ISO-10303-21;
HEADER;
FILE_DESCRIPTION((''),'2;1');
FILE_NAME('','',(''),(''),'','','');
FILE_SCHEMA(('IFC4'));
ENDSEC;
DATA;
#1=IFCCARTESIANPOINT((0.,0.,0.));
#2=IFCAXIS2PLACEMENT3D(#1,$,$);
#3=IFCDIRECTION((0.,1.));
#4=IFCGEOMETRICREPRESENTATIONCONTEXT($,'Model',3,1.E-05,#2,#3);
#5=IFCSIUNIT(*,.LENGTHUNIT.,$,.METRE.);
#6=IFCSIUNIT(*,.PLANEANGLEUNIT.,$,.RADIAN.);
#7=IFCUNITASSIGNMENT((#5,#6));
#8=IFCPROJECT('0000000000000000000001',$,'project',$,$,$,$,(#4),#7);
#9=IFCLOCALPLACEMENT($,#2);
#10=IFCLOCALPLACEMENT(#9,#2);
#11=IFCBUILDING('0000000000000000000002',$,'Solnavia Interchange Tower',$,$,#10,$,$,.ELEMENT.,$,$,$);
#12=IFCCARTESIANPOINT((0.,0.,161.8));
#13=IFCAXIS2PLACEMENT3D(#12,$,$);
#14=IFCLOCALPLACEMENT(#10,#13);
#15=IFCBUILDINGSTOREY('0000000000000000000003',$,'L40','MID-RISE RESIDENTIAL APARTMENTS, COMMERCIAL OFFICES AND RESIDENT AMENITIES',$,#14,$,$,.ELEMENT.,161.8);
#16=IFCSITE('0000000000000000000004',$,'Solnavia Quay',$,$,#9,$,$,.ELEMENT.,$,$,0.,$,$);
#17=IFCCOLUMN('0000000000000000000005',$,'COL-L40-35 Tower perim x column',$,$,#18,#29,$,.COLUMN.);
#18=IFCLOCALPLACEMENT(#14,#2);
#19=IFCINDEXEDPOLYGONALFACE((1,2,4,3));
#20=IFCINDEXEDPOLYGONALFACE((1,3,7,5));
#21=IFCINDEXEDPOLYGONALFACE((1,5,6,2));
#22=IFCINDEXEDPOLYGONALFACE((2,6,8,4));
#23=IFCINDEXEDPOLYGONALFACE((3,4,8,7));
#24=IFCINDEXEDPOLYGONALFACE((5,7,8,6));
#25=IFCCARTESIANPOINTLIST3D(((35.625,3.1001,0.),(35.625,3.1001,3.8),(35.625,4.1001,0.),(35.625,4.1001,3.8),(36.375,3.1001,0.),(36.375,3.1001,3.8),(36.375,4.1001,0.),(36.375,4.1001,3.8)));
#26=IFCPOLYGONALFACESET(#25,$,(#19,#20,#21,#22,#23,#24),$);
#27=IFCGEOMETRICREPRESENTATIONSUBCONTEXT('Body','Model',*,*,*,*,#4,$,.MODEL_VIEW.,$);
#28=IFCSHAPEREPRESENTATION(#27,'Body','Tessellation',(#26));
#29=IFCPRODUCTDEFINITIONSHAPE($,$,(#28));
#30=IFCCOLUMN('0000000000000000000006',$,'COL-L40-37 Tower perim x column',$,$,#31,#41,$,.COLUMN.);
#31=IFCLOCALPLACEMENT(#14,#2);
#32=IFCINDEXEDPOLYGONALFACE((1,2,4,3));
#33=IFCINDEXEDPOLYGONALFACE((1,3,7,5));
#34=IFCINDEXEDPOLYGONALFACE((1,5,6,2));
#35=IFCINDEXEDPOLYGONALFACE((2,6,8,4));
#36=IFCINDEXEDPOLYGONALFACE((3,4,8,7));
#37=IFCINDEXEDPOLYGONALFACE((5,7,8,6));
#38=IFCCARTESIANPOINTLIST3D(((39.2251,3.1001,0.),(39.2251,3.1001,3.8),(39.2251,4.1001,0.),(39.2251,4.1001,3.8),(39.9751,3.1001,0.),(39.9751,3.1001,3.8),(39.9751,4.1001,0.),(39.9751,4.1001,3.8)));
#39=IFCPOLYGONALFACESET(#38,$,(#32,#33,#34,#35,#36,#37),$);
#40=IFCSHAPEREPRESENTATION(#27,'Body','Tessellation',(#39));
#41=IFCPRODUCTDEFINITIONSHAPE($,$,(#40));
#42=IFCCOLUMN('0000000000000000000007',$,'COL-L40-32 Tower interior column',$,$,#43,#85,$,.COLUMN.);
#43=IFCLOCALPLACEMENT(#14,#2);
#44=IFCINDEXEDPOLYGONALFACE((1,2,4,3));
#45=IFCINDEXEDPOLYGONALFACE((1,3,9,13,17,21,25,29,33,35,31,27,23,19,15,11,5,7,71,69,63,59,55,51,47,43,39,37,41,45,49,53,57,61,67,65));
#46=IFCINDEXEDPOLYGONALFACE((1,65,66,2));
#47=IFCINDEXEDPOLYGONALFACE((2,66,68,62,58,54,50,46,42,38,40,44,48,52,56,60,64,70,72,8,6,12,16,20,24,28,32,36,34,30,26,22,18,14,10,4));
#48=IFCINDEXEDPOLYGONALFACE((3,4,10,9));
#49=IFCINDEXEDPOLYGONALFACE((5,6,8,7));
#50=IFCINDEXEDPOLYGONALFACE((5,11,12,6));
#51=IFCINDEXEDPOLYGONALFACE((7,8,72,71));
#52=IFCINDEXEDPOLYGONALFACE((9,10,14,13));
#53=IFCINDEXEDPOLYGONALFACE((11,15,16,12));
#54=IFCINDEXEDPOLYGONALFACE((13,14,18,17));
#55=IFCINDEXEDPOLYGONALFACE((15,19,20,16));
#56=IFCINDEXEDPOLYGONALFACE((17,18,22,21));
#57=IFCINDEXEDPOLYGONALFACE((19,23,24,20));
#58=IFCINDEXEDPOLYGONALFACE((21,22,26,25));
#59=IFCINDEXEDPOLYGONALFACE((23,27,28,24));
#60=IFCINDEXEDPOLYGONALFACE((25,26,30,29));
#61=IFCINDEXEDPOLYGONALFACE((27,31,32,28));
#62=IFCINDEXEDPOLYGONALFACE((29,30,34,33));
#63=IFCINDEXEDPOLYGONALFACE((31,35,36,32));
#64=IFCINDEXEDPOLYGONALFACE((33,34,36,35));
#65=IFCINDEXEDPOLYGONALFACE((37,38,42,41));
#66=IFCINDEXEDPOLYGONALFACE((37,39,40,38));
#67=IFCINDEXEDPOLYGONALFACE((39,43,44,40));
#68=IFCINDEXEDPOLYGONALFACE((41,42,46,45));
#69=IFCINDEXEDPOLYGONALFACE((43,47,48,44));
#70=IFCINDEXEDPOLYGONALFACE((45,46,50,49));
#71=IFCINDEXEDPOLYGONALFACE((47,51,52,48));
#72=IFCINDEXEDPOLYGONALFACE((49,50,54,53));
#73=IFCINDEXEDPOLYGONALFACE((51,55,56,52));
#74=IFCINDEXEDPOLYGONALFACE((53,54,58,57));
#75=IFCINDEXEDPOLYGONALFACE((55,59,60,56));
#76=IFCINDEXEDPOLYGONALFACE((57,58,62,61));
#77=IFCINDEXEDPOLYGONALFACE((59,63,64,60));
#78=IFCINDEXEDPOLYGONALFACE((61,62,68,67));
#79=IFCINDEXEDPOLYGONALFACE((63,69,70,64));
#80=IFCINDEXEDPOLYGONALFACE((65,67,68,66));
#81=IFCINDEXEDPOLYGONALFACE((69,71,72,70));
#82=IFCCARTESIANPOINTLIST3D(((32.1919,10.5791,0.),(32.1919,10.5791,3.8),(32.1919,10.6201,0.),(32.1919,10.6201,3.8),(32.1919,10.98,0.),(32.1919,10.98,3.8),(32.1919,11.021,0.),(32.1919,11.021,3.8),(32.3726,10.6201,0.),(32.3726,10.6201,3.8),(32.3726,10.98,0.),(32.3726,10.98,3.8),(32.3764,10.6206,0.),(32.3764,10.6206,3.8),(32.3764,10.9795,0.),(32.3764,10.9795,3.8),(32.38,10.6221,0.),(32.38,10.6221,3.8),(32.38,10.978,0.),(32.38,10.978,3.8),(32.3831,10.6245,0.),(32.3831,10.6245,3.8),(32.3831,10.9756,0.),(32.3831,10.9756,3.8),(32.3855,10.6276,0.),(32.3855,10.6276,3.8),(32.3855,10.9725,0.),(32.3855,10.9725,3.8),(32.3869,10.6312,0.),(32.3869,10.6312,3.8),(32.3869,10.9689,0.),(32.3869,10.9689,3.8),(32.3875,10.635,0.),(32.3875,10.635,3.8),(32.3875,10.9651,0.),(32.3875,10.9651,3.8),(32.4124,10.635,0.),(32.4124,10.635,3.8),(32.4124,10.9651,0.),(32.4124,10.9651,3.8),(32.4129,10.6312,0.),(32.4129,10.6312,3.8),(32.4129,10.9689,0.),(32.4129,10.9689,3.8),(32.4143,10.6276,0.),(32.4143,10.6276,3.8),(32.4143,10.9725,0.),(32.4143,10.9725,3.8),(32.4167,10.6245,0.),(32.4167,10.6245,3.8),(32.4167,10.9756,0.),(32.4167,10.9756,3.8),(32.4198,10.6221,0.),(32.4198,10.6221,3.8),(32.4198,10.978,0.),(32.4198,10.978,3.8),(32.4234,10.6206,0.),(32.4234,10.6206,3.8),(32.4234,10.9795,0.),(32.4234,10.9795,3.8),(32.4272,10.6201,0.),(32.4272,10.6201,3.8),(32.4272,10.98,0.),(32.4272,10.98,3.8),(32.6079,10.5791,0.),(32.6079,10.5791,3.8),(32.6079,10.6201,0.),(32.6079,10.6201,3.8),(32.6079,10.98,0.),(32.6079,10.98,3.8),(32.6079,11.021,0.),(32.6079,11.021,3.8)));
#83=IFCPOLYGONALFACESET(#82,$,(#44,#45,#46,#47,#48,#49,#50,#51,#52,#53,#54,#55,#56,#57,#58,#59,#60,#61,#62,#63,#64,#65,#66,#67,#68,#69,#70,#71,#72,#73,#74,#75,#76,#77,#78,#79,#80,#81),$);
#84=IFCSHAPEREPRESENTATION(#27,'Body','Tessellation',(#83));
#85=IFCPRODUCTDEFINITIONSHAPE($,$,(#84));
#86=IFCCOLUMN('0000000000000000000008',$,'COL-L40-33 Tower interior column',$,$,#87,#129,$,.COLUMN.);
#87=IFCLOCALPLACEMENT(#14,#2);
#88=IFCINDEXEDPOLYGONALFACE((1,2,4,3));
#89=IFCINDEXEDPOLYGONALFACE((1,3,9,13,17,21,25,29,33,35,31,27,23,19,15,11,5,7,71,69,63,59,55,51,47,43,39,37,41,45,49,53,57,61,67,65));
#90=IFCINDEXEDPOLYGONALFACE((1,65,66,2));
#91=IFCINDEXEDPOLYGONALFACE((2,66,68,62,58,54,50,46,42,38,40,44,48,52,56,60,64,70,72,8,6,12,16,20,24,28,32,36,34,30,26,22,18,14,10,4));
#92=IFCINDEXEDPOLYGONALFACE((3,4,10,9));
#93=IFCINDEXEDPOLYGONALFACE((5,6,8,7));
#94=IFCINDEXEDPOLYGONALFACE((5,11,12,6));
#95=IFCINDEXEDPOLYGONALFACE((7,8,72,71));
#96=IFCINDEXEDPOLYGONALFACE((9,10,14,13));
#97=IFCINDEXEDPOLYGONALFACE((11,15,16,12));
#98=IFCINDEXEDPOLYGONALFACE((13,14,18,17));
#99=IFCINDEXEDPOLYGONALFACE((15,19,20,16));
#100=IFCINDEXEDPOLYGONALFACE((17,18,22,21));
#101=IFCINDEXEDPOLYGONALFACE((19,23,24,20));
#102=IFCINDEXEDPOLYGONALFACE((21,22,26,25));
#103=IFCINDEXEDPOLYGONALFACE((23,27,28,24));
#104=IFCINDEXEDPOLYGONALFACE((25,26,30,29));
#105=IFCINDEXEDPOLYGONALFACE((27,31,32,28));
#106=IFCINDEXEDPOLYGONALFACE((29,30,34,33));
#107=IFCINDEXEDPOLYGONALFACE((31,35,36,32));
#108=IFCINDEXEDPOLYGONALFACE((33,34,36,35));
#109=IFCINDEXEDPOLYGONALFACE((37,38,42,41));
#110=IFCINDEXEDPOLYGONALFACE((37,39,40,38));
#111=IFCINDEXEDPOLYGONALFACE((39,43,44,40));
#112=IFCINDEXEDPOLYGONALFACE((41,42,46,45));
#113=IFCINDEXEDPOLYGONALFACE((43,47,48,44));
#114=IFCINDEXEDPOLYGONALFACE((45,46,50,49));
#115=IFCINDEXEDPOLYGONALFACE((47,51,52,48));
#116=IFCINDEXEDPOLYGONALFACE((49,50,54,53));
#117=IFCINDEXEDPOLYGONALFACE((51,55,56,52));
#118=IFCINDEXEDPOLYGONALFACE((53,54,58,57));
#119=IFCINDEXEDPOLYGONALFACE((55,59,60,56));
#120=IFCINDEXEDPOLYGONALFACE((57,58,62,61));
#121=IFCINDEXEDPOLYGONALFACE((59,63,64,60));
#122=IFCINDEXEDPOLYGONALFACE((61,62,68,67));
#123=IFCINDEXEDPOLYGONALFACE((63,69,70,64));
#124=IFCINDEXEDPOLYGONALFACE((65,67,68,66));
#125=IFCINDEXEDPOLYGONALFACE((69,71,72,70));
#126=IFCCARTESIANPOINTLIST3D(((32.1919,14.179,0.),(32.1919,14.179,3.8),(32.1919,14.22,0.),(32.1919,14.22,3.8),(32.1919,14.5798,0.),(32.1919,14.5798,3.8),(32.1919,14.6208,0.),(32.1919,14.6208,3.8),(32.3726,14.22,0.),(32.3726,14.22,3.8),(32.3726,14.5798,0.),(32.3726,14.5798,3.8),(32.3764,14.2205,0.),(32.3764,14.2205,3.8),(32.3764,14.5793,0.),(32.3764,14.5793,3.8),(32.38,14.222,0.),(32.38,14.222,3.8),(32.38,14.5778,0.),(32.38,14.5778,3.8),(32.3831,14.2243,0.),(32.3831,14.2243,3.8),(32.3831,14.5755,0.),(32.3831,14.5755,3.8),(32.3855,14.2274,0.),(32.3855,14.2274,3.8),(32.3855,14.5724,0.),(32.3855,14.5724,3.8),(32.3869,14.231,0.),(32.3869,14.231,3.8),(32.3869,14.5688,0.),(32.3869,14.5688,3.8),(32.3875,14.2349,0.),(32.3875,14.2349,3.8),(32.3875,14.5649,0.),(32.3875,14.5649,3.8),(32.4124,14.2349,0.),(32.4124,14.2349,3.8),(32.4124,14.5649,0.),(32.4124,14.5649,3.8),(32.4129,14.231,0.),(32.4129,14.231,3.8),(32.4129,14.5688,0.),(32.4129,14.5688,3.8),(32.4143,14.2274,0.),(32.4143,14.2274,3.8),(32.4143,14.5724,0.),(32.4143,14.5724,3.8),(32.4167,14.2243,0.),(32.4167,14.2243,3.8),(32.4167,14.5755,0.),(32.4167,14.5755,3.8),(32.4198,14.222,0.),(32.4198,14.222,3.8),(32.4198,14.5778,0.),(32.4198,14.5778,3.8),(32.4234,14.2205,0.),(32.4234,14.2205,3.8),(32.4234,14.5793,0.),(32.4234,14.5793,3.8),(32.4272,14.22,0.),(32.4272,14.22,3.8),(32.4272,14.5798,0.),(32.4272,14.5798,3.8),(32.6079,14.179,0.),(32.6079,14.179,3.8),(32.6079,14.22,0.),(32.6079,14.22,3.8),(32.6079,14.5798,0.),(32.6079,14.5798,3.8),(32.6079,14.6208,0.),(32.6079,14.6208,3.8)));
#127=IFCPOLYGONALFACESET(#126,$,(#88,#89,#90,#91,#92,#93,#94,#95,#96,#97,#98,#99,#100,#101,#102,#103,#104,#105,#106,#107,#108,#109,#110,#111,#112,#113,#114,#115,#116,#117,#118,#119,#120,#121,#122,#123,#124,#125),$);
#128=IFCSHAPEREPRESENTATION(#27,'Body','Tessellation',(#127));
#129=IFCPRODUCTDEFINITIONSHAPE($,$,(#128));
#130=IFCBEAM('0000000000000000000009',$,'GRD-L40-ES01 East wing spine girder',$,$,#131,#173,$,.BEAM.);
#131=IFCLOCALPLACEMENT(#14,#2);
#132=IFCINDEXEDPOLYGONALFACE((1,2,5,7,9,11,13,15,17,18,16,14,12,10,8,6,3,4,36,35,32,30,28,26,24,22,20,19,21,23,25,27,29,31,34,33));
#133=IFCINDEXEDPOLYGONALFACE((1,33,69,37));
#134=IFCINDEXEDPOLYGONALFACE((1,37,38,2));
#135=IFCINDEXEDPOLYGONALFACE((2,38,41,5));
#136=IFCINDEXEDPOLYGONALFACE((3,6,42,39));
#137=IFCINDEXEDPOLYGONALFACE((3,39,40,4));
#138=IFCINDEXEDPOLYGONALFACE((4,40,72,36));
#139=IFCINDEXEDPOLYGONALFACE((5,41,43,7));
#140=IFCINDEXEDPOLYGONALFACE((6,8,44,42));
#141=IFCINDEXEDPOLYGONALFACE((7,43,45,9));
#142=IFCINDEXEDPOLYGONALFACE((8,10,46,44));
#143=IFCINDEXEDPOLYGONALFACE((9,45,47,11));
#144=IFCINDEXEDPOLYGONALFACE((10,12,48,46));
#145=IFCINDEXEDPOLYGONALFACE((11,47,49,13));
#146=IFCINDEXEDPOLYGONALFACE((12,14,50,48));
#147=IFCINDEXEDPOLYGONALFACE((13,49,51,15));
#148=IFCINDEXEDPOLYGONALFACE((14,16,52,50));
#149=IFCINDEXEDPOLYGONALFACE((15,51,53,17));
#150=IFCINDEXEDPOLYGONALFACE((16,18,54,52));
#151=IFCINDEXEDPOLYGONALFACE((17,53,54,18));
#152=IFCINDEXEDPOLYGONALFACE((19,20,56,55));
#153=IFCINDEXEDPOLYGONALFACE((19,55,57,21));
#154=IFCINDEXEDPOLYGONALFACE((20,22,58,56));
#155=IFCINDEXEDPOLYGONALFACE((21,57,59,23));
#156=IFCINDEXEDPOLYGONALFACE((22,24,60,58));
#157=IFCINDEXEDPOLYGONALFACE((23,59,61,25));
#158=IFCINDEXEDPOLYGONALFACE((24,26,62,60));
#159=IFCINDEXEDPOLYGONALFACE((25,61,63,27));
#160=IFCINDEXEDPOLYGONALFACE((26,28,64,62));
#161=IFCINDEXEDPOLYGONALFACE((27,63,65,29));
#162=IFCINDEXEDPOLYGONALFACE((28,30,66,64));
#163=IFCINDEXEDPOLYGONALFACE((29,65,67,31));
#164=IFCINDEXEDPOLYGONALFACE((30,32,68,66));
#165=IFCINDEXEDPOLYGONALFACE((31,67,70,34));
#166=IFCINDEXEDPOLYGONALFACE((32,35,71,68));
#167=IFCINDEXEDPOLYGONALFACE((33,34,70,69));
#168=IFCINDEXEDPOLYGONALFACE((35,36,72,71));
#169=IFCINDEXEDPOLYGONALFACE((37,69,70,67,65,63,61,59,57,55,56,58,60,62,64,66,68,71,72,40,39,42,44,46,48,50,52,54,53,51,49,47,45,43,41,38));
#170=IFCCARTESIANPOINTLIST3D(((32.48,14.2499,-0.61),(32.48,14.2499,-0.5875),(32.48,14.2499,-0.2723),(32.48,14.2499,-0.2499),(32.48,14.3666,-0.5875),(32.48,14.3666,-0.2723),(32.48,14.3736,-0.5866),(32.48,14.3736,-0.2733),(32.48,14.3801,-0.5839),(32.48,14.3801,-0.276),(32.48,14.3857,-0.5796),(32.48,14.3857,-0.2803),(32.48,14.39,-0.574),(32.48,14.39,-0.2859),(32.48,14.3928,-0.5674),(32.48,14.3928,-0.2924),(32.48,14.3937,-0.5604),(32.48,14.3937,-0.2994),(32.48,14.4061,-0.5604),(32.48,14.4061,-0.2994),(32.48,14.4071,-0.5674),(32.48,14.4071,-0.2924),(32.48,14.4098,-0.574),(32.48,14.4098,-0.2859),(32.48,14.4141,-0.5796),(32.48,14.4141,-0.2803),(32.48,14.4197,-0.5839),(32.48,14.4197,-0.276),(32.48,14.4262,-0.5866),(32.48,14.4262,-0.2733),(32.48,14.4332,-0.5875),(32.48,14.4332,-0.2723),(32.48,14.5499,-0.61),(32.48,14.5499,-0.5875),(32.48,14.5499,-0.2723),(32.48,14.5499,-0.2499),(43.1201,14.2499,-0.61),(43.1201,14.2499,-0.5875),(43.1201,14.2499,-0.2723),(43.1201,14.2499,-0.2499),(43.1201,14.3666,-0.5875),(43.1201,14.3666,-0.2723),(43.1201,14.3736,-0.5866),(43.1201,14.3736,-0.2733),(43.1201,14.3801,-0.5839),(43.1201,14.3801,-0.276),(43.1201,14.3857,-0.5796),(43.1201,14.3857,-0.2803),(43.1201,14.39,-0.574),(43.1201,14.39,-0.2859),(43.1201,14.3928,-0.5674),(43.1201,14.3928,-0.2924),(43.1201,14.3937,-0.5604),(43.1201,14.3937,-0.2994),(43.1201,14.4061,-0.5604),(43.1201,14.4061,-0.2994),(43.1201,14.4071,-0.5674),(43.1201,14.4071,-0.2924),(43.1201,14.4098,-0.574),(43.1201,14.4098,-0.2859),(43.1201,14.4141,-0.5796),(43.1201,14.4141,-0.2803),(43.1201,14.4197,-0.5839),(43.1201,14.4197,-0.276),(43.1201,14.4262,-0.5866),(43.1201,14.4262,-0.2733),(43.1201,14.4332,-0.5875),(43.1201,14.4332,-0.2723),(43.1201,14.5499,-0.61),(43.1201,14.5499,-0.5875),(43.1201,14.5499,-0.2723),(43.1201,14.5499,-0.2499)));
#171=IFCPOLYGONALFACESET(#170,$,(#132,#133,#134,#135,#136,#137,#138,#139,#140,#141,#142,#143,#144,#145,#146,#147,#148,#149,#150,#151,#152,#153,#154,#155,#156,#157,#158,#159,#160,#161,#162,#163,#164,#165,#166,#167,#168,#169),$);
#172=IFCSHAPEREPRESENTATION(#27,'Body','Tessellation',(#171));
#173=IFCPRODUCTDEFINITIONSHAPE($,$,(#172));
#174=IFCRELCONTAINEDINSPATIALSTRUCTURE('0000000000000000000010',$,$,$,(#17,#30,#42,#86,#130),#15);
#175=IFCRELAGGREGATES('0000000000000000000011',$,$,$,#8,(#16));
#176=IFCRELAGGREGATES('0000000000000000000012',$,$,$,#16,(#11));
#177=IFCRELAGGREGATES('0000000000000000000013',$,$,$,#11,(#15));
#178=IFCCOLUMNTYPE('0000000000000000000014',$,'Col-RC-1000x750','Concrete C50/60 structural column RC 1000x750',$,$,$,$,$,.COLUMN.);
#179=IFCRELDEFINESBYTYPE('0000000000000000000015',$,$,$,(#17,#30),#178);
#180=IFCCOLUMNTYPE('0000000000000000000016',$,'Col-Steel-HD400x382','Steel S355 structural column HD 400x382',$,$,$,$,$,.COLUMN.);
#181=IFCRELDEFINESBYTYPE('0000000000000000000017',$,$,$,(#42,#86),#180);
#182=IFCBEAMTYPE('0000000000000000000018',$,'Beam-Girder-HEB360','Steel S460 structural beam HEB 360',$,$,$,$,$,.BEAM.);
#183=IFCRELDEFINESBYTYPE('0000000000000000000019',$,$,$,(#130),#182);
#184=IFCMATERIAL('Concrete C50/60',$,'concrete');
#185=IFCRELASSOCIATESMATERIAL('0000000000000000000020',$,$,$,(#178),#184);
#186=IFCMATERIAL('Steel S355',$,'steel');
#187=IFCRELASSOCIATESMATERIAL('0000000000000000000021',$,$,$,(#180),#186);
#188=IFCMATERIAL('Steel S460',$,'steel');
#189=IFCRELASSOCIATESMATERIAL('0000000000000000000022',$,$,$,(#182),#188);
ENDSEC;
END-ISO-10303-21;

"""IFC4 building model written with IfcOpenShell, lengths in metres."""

from ifc_helpers import new_model, si_unit, direction, frame, origin, origin_2d, place, context, subcontext, project, spatial, rectangle, i_section, extrude, material, material_profile, profile_set, type_object, element, save


model = new_model("IFC4")

# Units and contexts
model_context = context("Model", 3, precision=1e-05, world=origin(), true_north=direction((0.0, 1.0)))
body_context = subcontext(model_context, "Body", "Model", "MODEL_VIEW")
ifc_project = project(units=[si_unit("LENGTHUNIT", "METRE"), si_unit("PLANEANGLEUNIT", "RADIAN")], contexts=[model_context])

# Site, building, storey
site_placement = place(None, origin())
site = spatial("IfcSite", under=ifc_project, at=site_placement, Name="Solnavia Quay", CompositionType="ELEMENT", RefElevation=0.0)
building_placement = place(site_placement, origin())
building = spatial("IfcBuilding", under=site, at=building_placement, Name="Solnavia Interchange Tower", CompositionType="ELEMENT")
storey_placement = place(building_placement, frame((0.0, 0.0, 161.8)))
storey = spatial("IfcBuildingStorey", under=building, at=storey_placement, Name="L40", Description="MID-RISE RESIDENTIAL APARTMENTS, COMMERCIAL OFFICES AND RESIDENT AMENITIES", CompositionType="ELEMENT", Elevation=161.8)

# Columns
ifc_material_1 = material(Name="Concrete C50/60", Category="concrete")
ifc_material_profile_1 = material_profile(ifc_material_1, rectangle(XDim=0.75, YDim=1.0, at=origin_2d()), Name="RC 1000x750")
ifc_profile_set_1 = profile_set([ifc_material_profile_1], Name="Concrete C50/60")
column_type_1 = type_object("IfcColumnType", Name="Col-RC-1000x750", Description="Concrete C50/60 structural column RC 1000x750", PredefinedType="COLUMN", material=ifc_profile_set_1)
for number, where, z_axis, x_axis, name in (
    (1, (36.0, 3.6001, 0.0), (0.0, 0.0, 1.0), (1.0, 0.0, 0.0), "COL-L40-35 Tower perim x column"),
    (2, (39.6001, 3.6001, 0.0), (0.0, 0.0, 1.0), (1.0, 0.0, 0.0), "COL-L40-37 Tower perim x column"),
):
    element("IfcColumn", number, at=place(storey_placement, frame(where, z_axis=z_axis, x_axis=x_axis)), inside=storey, type_object=column_type_1, Name=name, PredefinedType="COLUMN", context=body_context, shape_type="SweptSolid", body=[
        extrude(rectangle(XDim=0.75, YDim=1.0, at=origin_2d()), origin(), (0.0, 0.0, 1.0), 3.8),
    ])
ifc_material_2 = material(Name="Steel S355", Category="steel")
ifc_material_profile_2 = material_profile(ifc_material_2, i_section(OverallWidth=0.416, OverallDepth=0.4419, WebThickness=0.0249, FlangeThickness=0.041, FilletRadius=0.0149, at=origin_2d()), Name="HD 400x382")
ifc_profile_set_2 = profile_set([ifc_material_profile_2], Name="Steel S355")
column_type_2 = type_object("IfcColumnType", Name="Col-Steel-HD400x382", Description="Steel S355 structural column HD 400x382", PredefinedType="COLUMN", material=ifc_profile_set_2)
for number, where, z_axis, x_axis, name in (
    (3, (32.3999, 10.8, 0.0), (0.0, 0.0, 1.0), (1.0, 0.0, 0.0), "COL-L40-32 Tower interior column"),
    (4, (32.3999, 14.3999, 0.0), (0.0, 0.0, 1.0), (1.0, 0.0, 0.0), "COL-L40-33 Tower interior column"),
):
    element("IfcColumn", number, at=place(storey_placement, frame(where, z_axis=z_axis, x_axis=x_axis)), inside=storey, type_object=column_type_2, Name=name, PredefinedType="COLUMN", context=body_context, shape_type="SweptSolid", body=[
        extrude(i_section(OverallWidth=0.416, OverallDepth=0.4419, WebThickness=0.0249, FlangeThickness=0.041, FilletRadius=0.0149, at=origin_2d()), origin(), (0.0, 0.0, 1.0), 3.8),
    ])

# Beam
ifc_material_3 = material(Name="Steel S460", Category="steel")
ifc_material_profile_3 = material_profile(ifc_material_3, i_section(OverallWidth=0.3, OverallDepth=0.3601, WebThickness=0.0125, FlangeThickness=0.0225, FilletRadius=0.0271, at=origin_2d()), Name="HEB 360")
ifc_profile_set_3 = profile_set([ifc_material_profile_3], Name="Steel S460")
beam_type_1 = type_object("IfcBeamType", Name="Beam-Girder-HEB360", Description="Steel S460 structural beam HEB 360", PredefinedType="BEAM", material=ifc_profile_set_3)
beam_1_placement = place(storey_placement, frame((32.48, 14.3999, -0.4299), z_axis=(1.0, 0.0, 0.0), x_axis=(0.0, 1.0, 0.0)))
element("IfcBeam", 5, at=beam_1_placement, inside=storey, type_object=beam_type_1, Name="GRD-L40-ES01 East wing spine girder", PredefinedType="BEAM", context=body_context, shape_type="SweptSolid", body=[
    extrude(i_section(OverallWidth=0.3, OverallDepth=0.3601, WebThickness=0.0125, FlangeThickness=0.0225, FilletRadius=0.0271, at=origin_2d()), origin(), (0.0, 0.0, 1.0), 10.6401),
])

save(model, "model.ifc")
